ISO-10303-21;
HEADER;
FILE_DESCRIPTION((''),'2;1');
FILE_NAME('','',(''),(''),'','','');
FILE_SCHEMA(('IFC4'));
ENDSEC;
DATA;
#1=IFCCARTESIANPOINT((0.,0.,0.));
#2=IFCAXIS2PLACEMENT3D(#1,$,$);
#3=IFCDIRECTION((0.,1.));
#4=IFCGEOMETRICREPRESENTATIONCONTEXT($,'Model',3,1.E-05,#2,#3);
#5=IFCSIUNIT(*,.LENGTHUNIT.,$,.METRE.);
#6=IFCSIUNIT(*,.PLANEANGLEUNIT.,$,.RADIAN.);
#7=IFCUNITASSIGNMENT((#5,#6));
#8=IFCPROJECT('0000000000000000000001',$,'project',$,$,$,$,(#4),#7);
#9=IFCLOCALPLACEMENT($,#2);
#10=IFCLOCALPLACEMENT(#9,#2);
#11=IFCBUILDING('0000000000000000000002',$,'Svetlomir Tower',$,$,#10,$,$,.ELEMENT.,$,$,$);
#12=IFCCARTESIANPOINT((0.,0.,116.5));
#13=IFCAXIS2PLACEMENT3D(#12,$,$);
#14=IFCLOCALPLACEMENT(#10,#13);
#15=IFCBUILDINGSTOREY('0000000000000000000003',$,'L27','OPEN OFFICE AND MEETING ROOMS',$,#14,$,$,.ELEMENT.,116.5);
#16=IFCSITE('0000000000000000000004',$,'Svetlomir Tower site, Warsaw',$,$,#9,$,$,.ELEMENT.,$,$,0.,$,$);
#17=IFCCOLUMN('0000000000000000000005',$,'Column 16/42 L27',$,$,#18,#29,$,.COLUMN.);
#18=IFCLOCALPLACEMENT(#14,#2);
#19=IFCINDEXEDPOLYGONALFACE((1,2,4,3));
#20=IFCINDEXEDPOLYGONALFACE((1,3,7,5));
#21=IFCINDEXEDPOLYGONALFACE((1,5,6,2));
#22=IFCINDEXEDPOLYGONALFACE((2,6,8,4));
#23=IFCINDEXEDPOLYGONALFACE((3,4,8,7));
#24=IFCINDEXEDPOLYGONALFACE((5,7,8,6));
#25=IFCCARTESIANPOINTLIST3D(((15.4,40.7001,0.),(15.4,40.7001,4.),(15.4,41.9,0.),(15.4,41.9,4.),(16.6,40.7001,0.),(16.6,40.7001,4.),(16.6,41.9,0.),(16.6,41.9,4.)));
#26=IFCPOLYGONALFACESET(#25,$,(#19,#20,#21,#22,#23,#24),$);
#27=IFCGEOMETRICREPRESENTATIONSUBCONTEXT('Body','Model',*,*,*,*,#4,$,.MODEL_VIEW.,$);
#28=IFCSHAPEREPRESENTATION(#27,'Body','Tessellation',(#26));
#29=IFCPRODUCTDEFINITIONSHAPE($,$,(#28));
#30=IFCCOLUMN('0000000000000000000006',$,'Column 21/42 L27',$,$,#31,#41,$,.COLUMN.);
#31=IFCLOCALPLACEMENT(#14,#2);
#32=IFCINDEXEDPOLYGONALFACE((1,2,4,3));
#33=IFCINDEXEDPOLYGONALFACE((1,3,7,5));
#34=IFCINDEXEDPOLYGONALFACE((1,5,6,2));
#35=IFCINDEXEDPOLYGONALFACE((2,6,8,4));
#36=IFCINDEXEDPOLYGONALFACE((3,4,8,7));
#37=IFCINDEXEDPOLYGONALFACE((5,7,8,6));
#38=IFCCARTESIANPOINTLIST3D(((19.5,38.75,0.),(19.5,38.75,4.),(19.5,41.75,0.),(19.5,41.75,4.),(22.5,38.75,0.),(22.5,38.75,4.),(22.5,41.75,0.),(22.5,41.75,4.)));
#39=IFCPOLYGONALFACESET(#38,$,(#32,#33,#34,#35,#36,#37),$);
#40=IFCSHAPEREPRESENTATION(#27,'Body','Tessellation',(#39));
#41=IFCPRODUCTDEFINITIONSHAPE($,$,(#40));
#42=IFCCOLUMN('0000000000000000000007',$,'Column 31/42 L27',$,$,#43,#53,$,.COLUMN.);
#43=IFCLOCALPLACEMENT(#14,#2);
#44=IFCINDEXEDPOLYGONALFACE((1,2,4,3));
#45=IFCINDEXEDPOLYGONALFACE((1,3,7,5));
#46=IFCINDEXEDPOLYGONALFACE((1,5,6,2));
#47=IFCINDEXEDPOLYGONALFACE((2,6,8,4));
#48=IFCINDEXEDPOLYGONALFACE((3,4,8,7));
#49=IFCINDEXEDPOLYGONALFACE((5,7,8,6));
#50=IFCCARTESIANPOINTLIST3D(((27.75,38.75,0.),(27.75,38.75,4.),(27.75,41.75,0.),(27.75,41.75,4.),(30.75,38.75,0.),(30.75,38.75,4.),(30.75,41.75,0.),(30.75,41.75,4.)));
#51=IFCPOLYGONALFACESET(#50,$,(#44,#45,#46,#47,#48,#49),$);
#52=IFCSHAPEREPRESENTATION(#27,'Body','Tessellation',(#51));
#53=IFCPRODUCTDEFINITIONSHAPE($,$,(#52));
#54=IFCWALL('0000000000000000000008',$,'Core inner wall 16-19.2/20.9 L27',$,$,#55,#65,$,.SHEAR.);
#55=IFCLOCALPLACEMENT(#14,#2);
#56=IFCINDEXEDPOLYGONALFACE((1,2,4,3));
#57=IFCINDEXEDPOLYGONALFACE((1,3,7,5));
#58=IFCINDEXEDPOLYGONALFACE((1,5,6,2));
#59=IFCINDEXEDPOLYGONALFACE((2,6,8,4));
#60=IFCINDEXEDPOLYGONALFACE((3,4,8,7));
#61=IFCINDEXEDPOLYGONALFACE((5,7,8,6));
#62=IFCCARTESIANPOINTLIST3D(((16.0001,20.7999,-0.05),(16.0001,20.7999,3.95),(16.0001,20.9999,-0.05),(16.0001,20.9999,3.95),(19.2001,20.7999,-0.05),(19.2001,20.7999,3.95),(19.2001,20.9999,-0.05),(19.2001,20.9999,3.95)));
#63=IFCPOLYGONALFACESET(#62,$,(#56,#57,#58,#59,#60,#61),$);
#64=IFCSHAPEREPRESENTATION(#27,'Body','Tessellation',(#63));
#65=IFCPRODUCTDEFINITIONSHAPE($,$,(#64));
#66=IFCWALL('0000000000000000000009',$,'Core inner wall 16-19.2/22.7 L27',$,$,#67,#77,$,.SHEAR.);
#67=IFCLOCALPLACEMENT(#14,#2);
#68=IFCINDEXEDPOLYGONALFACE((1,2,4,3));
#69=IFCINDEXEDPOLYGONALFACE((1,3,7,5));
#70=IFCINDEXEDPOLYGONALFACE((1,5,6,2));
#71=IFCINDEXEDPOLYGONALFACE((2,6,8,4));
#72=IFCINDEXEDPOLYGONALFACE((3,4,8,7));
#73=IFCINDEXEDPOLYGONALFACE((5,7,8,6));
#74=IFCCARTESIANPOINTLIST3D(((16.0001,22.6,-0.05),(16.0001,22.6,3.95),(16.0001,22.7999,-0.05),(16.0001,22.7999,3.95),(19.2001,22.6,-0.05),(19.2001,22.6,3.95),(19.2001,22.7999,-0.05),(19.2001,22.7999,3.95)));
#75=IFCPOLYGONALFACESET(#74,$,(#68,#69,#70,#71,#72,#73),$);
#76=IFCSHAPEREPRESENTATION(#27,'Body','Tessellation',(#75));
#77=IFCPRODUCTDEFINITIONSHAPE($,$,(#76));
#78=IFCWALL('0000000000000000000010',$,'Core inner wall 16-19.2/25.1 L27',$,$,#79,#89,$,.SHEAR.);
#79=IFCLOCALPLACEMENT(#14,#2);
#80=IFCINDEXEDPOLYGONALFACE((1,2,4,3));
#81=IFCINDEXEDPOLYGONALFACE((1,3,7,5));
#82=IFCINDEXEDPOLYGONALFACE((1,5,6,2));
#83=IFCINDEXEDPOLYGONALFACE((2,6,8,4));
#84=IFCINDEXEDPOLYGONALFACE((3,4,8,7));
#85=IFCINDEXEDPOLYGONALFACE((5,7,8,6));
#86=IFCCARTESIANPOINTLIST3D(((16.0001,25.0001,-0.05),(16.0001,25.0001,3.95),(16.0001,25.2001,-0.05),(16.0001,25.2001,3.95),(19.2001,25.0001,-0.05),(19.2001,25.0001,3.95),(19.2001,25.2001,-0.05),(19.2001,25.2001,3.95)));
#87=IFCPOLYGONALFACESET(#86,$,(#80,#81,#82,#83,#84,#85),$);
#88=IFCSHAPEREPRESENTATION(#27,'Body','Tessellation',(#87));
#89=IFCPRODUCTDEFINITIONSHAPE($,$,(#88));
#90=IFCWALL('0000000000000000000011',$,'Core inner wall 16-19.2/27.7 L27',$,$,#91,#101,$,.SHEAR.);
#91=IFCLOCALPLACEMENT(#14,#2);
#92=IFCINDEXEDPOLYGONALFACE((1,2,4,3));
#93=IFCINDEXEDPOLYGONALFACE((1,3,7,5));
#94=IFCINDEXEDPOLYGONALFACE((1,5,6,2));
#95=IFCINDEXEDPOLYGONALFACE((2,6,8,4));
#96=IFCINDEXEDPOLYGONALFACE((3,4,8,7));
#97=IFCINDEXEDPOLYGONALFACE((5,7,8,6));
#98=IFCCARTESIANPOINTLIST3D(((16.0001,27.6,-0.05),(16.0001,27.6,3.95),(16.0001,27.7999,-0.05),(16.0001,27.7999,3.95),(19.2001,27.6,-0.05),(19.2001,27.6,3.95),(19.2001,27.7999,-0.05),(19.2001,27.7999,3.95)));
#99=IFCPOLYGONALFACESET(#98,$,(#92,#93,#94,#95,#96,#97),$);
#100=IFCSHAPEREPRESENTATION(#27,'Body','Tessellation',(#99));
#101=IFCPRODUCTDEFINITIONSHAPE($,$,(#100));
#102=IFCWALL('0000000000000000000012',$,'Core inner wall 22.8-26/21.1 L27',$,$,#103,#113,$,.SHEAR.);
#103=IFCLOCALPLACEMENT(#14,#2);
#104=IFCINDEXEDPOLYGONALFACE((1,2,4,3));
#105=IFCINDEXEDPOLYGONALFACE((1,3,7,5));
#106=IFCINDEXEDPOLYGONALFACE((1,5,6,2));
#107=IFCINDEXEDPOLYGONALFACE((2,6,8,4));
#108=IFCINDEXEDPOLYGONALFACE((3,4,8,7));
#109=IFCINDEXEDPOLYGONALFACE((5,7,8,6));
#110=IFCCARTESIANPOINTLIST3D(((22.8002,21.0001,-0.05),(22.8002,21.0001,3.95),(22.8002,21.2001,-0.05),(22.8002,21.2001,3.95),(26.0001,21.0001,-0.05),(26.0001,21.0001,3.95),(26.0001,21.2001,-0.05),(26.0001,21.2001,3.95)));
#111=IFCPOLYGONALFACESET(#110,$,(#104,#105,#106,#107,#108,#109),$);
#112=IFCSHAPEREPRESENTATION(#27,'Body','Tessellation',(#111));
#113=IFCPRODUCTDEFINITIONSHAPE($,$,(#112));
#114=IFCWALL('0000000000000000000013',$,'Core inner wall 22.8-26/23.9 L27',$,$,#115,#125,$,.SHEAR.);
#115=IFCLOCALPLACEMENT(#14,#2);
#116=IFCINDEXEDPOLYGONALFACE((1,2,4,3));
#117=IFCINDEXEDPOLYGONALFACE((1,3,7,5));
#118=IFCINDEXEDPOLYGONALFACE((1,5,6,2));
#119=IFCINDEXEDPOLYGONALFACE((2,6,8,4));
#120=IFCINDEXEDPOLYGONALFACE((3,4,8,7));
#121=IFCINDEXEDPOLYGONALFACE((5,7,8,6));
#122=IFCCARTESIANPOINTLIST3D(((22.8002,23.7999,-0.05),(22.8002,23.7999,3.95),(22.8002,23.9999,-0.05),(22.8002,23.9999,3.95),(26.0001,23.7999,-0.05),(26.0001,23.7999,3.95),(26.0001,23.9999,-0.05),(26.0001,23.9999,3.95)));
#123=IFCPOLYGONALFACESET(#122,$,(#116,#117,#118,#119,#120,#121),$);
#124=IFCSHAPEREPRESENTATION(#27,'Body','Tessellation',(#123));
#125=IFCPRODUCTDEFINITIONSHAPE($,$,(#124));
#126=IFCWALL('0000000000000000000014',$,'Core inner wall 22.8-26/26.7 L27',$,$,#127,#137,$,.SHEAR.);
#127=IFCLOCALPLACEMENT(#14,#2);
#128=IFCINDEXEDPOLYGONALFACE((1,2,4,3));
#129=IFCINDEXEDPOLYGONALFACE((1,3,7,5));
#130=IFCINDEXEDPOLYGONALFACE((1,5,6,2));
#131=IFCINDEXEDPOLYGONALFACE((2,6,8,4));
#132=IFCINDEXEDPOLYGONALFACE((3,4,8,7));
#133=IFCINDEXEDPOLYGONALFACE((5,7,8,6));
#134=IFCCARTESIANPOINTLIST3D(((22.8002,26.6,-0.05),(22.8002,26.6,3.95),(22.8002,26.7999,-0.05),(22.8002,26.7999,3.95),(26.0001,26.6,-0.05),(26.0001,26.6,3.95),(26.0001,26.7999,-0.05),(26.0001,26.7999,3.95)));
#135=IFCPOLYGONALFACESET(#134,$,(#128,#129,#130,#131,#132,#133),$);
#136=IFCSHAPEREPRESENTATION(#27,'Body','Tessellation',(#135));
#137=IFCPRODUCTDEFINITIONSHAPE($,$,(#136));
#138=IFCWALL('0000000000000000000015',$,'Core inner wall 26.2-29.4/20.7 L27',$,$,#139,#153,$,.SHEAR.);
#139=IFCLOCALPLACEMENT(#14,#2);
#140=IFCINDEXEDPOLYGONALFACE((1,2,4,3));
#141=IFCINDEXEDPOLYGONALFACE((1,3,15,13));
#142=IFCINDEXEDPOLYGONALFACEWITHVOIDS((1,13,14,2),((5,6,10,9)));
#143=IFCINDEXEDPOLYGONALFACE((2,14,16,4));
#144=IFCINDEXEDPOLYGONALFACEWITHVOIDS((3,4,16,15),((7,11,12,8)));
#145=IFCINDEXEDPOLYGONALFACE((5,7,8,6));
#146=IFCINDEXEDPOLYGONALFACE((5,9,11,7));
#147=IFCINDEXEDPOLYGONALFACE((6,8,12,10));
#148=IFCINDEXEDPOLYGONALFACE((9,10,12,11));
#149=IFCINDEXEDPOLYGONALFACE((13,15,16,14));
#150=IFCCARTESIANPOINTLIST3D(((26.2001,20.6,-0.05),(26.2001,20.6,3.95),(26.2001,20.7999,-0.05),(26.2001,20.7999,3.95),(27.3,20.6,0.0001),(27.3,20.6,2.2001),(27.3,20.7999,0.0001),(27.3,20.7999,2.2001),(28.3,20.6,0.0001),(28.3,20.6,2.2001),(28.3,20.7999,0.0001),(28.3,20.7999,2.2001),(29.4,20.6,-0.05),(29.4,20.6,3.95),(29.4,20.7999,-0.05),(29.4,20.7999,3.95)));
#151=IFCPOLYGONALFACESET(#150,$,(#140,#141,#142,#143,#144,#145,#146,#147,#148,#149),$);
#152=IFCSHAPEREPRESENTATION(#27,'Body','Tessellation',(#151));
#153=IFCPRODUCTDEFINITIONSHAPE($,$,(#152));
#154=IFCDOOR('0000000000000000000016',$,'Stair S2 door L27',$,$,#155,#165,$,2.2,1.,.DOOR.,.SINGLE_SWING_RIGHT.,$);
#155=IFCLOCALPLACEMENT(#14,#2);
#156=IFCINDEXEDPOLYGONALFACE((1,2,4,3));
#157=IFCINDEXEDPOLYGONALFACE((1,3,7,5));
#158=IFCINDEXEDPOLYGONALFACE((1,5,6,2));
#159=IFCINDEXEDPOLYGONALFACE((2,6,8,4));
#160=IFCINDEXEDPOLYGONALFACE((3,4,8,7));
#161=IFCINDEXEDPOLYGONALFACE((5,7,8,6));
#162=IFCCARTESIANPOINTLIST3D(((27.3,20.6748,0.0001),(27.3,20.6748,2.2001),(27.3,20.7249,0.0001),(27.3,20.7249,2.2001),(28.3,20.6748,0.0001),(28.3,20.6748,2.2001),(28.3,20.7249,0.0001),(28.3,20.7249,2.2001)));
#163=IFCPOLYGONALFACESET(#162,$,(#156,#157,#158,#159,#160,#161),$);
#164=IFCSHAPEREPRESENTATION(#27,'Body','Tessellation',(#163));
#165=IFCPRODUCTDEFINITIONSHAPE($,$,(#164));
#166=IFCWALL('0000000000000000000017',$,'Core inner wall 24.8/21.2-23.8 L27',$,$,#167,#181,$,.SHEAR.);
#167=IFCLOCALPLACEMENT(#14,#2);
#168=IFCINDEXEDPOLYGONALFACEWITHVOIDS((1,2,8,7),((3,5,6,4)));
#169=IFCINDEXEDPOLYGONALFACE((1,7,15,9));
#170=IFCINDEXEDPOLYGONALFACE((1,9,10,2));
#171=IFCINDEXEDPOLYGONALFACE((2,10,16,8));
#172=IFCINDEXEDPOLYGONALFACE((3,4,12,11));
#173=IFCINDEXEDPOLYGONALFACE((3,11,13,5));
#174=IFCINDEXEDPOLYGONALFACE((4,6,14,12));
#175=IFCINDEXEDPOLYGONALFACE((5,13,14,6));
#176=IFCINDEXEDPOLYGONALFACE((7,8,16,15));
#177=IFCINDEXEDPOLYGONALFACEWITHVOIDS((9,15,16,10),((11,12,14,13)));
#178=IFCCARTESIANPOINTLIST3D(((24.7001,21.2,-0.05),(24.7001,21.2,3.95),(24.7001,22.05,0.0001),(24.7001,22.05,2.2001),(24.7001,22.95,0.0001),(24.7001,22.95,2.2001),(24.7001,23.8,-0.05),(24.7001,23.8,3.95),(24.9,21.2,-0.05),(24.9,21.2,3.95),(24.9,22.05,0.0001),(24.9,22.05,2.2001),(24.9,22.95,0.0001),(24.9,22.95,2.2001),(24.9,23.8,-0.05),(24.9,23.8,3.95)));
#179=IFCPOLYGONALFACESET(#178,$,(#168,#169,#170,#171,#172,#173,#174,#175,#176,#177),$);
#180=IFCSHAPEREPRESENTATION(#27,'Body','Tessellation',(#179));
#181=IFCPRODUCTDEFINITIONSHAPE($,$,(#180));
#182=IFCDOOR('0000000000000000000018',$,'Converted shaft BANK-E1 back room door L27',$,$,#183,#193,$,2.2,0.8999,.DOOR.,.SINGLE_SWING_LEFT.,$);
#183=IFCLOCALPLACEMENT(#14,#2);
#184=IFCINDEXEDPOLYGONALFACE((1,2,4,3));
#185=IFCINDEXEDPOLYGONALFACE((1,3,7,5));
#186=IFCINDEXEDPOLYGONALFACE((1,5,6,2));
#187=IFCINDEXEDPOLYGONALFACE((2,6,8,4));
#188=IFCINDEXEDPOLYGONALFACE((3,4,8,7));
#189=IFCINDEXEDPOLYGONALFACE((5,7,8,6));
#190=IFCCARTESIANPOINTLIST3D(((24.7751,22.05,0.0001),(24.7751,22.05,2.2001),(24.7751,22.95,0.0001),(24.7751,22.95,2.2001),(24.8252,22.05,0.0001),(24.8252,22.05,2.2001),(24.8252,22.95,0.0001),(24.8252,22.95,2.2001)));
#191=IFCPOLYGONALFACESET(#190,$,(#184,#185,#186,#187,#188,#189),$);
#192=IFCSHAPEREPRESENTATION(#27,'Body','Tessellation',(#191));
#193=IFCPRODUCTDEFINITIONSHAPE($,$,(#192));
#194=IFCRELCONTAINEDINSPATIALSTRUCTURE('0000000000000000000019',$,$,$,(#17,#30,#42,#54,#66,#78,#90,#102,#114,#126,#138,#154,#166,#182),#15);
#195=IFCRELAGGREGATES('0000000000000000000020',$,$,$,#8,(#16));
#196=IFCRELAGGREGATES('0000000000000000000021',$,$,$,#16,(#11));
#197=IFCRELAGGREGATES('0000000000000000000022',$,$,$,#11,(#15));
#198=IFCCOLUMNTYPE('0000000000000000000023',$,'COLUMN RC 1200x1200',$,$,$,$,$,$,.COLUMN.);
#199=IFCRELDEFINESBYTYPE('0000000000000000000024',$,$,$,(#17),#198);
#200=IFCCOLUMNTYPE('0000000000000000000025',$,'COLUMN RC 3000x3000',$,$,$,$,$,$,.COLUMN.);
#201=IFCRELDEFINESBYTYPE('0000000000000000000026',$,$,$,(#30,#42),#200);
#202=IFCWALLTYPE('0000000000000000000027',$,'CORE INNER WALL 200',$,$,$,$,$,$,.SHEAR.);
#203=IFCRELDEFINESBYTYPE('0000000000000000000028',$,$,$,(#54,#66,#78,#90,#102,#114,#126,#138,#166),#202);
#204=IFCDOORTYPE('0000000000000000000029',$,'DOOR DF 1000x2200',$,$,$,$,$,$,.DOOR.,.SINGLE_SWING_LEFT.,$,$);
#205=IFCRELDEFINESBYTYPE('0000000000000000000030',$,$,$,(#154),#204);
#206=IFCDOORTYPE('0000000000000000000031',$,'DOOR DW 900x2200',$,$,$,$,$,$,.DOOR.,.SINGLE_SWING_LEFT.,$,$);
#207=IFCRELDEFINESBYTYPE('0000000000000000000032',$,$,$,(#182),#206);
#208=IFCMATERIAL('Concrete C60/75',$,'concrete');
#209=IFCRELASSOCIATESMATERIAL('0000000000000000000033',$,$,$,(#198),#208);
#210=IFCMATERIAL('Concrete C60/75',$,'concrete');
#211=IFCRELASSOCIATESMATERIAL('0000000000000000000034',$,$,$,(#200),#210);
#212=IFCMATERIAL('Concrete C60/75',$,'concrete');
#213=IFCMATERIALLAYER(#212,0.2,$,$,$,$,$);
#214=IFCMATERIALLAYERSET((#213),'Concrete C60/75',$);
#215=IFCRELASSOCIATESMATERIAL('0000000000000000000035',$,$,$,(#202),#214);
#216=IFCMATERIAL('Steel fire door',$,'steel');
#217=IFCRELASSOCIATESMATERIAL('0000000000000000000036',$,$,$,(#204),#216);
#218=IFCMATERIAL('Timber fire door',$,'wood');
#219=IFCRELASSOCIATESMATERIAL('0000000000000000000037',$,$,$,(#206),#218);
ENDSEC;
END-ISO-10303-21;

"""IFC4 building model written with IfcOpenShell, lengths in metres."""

from ifc_helpers import new_model, si_unit, direction, frame, frame_2d, origin, origin_2d, place, context, subcontext, project, spatial, rectangle, extrude, material, layer, layer_set, material_profile, profile_set, type_object, element, fill, save


model = new_model("IFC4")

# Units and contexts
model_context = context("Model", 3, precision=1e-05, world=origin(), true_north=direction((0.0, 1.0)))
body_context = subcontext(model_context, "Body", "Model", "MODEL_VIEW")
ifc_project = project(units=[si_unit("LENGTHUNIT", "METRE"), si_unit("PLANEANGLEUNIT", "RADIAN")], contexts=[model_context])

# Site, building, storey
site_placement = place(None, origin())
site = spatial("IfcSite", under=ifc_project, at=site_placement, Name="Svetlomir Tower site, Warsaw", CompositionType="ELEMENT", RefElevation=0.0)
building_placement = place(site_placement, origin())
building = spatial("IfcBuilding", under=site, at=building_placement, Name="Svetlomir Tower", CompositionType="ELEMENT")
storey_placement = place(building_placement, frame((0.0, 0.0, 116.5)))
storey = spatial("IfcBuildingStorey", under=building, at=storey_placement, Name="L27", Description="OPEN OFFICE AND MEETING ROOMS", CompositionType="ELEMENT", Elevation=116.5)

# Columns
ifc_material_1 = material(Name="Concrete C60/75", Category="concrete")
ifc_material_profile_1 = material_profile(ifc_material_1, rectangle(XDim=1.2, YDim=1.2, at=origin_2d()), Name="RC 1200x1200")
ifc_profile_set_1 = profile_set([ifc_material_profile_1], Name="Concrete C60/75")
column_type_1 = type_object("IfcColumnType", Name="COLUMN RC 1200x1200", PredefinedType="COLUMN", material=ifc_profile_set_1)
column_placement = place(storey_placement, frame((16.0, 41.3, 0.0), z_axis=(0.0, 0.0, 1.0), x_axis=(1.0, 0.0, 0.0)))
element("IfcColumn", 1, at=column_placement, inside=storey, type_object=column_type_1, Name="Column 16/42 L27", PredefinedType="COLUMN", context=body_context, shape_type="SweptSolid", body=[
    extrude(rectangle(XDim=1.2, YDim=1.2, at=origin_2d()), origin(), (0.0, 0.0, 1.0), 4.0),
])
ifc_material_2 = material(Name="Concrete C60/75", Category="concrete")
ifc_material_profile_2 = material_profile(ifc_material_2, rectangle(XDim=3.0, YDim=3.0, at=origin_2d()), Name="RC 3000x3000")
ifc_profile_set_2 = profile_set([ifc_material_profile_2], Name="Concrete C60/75")
column_type_2 = type_object("IfcColumnType", Name="COLUMN RC 3000x3000", PredefinedType="COLUMN", material=ifc_profile_set_2)
for number, where, z_axis, x_axis, name in (
    (2, (21.0, 40.25, 0.0), (0.0, 0.0, 1.0), (1.0, 0.0, 0.0), "Column 21/42 L27"),
    (3, (29.25, 40.25, 0.0), (0.0, 0.0, 1.0), (1.0, 0.0, 0.0), "Column 31/42 L27"),
):
    element("IfcColumn", number, at=place(storey_placement, frame(where, z_axis=z_axis, x_axis=x_axis)), inside=storey, type_object=column_type_2, Name=name, PredefinedType="COLUMN", context=body_context, shape_type="SweptSolid", body=[
        extrude(rectangle(XDim=3.0, YDim=3.0, at=origin_2d()), origin(), (0.0, 0.0, 1.0), 4.0),
    ])

# Walls
ifc_material_3 = material(Name="Concrete C60/75", Category="concrete")
ifc_layer_1 = layer(ifc_material_3, 0.2)
ifc_layer_set_1 = layer_set([ifc_layer_1], Name="Concrete C60/75")
wall_type_1 = type_object("IfcWallType", Name="CORE INNER WALL 200", PredefinedType="SHEAR", material=ifc_layer_set_1)
for number, where, z_axis, x_axis, name in (
    (4, (16.0, 20.8999, -0.05), (0.0, 0.0, 1.0), (1.0, 0.0, 0.0), "Core inner wall 16-19.2/20.9 L27"),
    (5, (16.0, 22.7, -0.05), (0.0, 0.0, 1.0), (1.0, 0.0, 0.0), "Core inner wall 16-19.2/22.7 L27"),
    (6, (16.0, 25.1001, -0.05), (0.0, 0.0, 1.0), (1.0, 0.0, 0.0), "Core inner wall 16-19.2/25.1 L27"),
    (7, (16.0, 27.7, -0.05), (0.0, 0.0, 1.0), (1.0, 0.0, 0.0), "Core inner wall 16-19.2/27.7 L27"),
    (8, (22.8, 21.1001, -0.05), (0.0, 0.0, 1.0), (1.0, 0.0, 0.0), "Core inner wall 22.8-26/21.1 L27"),
    (9, (22.8, 23.8999, -0.05), (0.0, 0.0, 1.0), (1.0, 0.0, 0.0), "Core inner wall 22.8-26/23.9 L27"),
    (10, (22.8, 26.7, -0.05), (0.0, 0.0, 1.0), (1.0, 0.0, 0.0), "Core inner wall 22.8-26/26.7 L27"),
):
    element("IfcWall", number, at=place(storey_placement, frame(where, z_axis=z_axis, x_axis=x_axis)), inside=storey, type_object=wall_type_1, Name=name, PredefinedType="SHEAR", context=body_context, shape_type="SweptSolid", body=[
        extrude(rectangle(XDim=3.2, YDim=0.2, at=frame_2d((1.6001, 0.0))), origin(), (0.0, 0.0, 1.0), 4.0),
    ])

# Walls, openings, doors
wall_1_placement = place(storey_placement, frame((26.2, 20.7, -0.05), z_axis=(0.0, 0.0, 1.0), x_axis=(1.0, 0.0, 0.0)))
wall_1 = element("IfcWall", 11, at=wall_1_placement, inside=storey, type_object=wall_type_1, Name="Core inner wall 26.2-29.4/20.7 L27", PredefinedType="SHEAR", context=body_context, shape_type="SweptSolid", body=[
    extrude(rectangle(XDim=3.2, YDim=0.2, at=frame_2d((1.6001, 0.0))), origin(), (0.0, 0.0, 1.0), 4.0),
])
opening_1_placement = place(wall_1_placement, frame((1.1001, 0.0, 0.05)))
opening_1 = element("IfcOpeningElement", 12, at=opening_1_placement, cuts=wall_1, PredefinedType="OPENING", context=body_context, shape_type="SweptSolid", body=[
    extrude(rectangle(XDim=1.0, YDim=2.2, at=frame_2d((0.5, 1.1001))), frame((0.0, 0.1099, 0.0), z_axis=(0.0, -1.0, 0.0), x_axis=(1.0, 0.0, 0.0)), (0.0, 0.0, 1.0), 0.22),
])
ifc_material_4 = material(Name="Steel fire door", Category="steel")
door_type_1 = type_object("IfcDoorType", Name="DOOR DF 1000x2200", OperationType="SINGLE_SWING_LEFT", PredefinedType="DOOR", material=ifc_material_4)
door_1_placement = place(opening_1_placement, origin())
door_1 = element("IfcDoor", 13, at=door_1_placement, inside=storey, type_object=door_type_1, Name="Stair S2 door L27", OperationType="SINGLE_SWING_RIGHT", OverallHeight=2.2, OverallWidth=1.0, PredefinedType="DOOR", context=body_context, shape_type="SweptSolid", body=[
    extrude(rectangle(XDim=1.0, YDim=2.2, at=frame_2d((0.5, 1.1001))), frame((0.0, 0.0249, 0.0), z_axis=(0.0, -1.0, 0.0), x_axis=(1.0, 0.0, 0.0)), (0.0, 0.0, 1.0), 0.05),
])
fill(opening_1, door_1)
wall_2_placement = place(storey_placement, frame((24.8, 21.2, -0.05), z_axis=(0.0, 0.0, 1.0), x_axis=(0.0, 1.0, 0.0)))
wall_2 = element("IfcWall", 14, at=wall_2_placement, inside=storey, type_object=wall_type_1, Name="Core inner wall 24.8/21.2-23.8 L27", PredefinedType="SHEAR", context=body_context, shape_type="SweptSolid", body=[
    extrude(rectangle(XDim=2.6001, YDim=0.2, at=frame_2d((1.3, 0.0))), origin(), (0.0, 0.0, 1.0), 4.0),
])
opening_2_placement = place(wall_2_placement, frame((0.8501, 0.0, 0.05)))
opening_2 = element("IfcOpeningElement", 15, at=opening_2_placement, cuts=wall_2, PredefinedType="OPENING", context=body_context, shape_type="SweptSolid", body=[
    extrude(rectangle(XDim=0.8999, YDim=2.2, at=frame_2d((0.45, 1.1001))), frame((0.0, 0.1099, 0.0), z_axis=(0.0, -1.0, 0.0), x_axis=(1.0, 0.0, 0.0)), (0.0, 0.0, 1.0), 0.22),
])
ifc_material_5 = material(Name="Timber fire door", Category="wood")
door_type_2 = type_object("IfcDoorType", Name="DOOR DW 900x2200", OperationType="SINGLE_SWING_LEFT", PredefinedType="DOOR", material=ifc_material_5)
door_2_placement = place(opening_2_placement, origin())
door_2 = element("IfcDoor", 16, at=door_2_placement, inside=storey, type_object=door_type_2, Name="Converted shaft BANK-E1 back room door L27", OperationType="SINGLE_SWING_LEFT", OverallHeight=2.2, OverallWidth=0.8999, PredefinedType="DOOR", context=body_context, shape_type="SweptSolid", body=[
    extrude(rectangle(XDim=0.8999, YDim=2.2, at=frame_2d((0.45, 1.1001))), frame((0.0, 0.0249, 0.0), z_axis=(0.0, -1.0, 0.0), x_axis=(1.0, 0.0, 0.0)), (0.0, 0.0, 1.0), 0.05),
])
fill(opening_2, door_2)

save(model, "model.ifc")
